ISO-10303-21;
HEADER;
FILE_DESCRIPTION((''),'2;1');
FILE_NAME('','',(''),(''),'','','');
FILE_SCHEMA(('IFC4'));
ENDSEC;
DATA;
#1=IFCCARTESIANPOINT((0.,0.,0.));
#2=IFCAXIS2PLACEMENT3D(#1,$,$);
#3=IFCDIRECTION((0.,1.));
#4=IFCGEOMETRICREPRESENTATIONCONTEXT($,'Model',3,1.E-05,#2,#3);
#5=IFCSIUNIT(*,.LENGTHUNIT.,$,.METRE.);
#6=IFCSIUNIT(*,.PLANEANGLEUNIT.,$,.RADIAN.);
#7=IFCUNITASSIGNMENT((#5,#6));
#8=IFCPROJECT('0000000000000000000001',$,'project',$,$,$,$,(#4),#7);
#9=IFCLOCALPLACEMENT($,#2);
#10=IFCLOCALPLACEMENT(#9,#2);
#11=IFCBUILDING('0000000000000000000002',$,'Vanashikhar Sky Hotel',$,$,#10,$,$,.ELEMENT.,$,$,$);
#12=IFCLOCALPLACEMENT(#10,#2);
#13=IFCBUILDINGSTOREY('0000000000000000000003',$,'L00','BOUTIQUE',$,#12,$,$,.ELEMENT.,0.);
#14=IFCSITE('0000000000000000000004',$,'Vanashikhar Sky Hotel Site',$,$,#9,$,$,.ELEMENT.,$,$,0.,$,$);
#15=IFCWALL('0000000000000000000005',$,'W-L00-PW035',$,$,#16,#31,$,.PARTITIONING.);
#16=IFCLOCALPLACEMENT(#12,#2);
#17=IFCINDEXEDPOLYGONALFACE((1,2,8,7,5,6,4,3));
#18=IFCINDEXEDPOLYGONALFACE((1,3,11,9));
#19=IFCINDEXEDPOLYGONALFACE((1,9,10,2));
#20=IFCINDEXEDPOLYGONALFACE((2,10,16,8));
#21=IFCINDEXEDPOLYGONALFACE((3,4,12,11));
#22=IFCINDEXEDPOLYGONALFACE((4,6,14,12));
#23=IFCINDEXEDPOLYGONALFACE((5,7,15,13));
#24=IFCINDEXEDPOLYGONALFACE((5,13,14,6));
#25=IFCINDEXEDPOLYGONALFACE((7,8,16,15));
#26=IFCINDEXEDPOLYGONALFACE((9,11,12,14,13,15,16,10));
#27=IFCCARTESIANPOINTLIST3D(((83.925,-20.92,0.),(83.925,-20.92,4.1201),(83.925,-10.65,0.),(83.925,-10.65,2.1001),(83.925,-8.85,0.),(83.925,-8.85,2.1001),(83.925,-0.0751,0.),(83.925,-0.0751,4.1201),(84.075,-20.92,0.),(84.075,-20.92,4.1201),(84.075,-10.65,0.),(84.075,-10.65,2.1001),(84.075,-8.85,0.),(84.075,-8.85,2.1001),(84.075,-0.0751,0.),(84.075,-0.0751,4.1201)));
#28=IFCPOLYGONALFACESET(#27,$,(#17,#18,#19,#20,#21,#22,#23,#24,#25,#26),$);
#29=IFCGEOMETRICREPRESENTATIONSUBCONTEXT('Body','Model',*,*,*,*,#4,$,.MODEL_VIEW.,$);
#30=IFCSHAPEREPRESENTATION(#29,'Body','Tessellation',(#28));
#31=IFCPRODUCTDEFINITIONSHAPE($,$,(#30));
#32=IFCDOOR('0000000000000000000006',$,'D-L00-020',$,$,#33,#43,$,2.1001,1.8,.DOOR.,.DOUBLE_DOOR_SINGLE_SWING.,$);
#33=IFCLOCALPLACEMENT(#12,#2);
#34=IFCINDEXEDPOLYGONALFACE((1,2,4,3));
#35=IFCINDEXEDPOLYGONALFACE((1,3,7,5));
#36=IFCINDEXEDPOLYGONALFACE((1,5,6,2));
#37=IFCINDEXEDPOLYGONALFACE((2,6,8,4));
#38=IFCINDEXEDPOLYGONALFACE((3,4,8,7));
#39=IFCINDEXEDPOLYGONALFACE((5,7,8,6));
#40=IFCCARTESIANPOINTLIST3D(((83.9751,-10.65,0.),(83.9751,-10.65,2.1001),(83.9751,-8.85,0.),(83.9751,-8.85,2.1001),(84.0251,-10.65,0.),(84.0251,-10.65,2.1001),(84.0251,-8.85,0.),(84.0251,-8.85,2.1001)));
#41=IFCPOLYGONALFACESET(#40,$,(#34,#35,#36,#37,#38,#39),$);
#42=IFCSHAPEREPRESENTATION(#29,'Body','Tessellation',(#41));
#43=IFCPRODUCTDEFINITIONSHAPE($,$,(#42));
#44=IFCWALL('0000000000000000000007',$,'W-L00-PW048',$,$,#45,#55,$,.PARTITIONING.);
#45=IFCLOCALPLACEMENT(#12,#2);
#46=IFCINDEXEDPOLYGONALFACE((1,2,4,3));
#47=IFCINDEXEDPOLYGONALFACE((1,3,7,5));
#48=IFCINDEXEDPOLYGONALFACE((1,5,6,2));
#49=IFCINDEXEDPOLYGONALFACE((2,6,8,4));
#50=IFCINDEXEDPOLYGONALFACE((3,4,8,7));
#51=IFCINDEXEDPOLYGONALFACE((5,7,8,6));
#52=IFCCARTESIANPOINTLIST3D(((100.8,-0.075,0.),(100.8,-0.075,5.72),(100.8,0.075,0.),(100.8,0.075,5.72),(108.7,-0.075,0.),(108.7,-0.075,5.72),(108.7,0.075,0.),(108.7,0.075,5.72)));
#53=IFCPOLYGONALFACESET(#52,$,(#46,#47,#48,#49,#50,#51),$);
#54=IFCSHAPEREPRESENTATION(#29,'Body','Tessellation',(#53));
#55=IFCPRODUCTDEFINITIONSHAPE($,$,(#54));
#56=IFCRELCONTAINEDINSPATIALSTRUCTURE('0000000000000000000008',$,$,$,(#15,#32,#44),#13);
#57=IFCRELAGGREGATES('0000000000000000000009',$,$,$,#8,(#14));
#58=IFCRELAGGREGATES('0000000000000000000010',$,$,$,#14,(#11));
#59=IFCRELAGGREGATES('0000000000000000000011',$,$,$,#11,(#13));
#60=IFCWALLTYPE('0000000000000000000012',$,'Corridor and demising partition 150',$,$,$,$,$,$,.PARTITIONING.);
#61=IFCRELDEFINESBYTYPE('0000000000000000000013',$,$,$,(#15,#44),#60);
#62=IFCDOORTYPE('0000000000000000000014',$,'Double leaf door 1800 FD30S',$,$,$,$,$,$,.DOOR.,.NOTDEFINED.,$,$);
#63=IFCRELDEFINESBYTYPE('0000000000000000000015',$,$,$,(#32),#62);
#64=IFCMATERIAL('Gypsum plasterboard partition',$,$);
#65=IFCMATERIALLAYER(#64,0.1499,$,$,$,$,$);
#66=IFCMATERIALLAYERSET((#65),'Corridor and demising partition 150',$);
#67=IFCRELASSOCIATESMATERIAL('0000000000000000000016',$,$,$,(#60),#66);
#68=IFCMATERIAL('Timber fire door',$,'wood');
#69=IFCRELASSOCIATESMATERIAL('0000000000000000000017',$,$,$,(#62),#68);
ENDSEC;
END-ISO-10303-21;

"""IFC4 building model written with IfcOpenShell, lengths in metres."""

from ifc_helpers import new_model, si_unit, direction, frame, frame_2d, origin, place, context, subcontext, project, spatial, rectangle, extrude, source, transform, mapped, material, layer, layer_set, type_object, element, fill, save


model = new_model("IFC4")

# Units and contexts
model_context = context("Model", 3, precision=1e-05, world=origin(), true_north=direction((0.0, 1.0)))
body_context = subcontext(model_context, "Body", "Model", "MODEL_VIEW")
ifc_project = project(units=[si_unit("LENGTHUNIT", "METRE"), si_unit("PLANEANGLEUNIT", "RADIAN")], contexts=[model_context])

# Site, building, storey
site_placement = place(None, origin())
site = spatial("IfcSite", under=ifc_project, at=site_placement, Name="Vanashikhar Sky Hotel Site", CompositionType="ELEMENT", RefElevation=0.0)
building_placement = place(site_placement, origin())
building = spatial("IfcBuilding", under=site, at=building_placement, Name="Vanashikhar Sky Hotel", CompositionType="ELEMENT")
storey_placement = place(building_placement, origin())
storey = spatial("IfcBuildingStorey", under=building, at=storey_placement, Name="L00", Description="BOUTIQUE", CompositionType="ELEMENT", Elevation=0.0)

# Shared definitions
ifc_material_1 = material(Name="Gypsum plasterboard partition")
ifc_layer_1 = layer(ifc_material_1, 0.1499)
ifc_layer_set_1 = layer_set([ifc_layer_1], Name="Corridor and demising partition 150")
wall_type_1 = type_object("IfcWallType", Name="Corridor and demising partition 150", PredefinedType="PARTITIONING", material=ifc_layer_set_1)

# Wall, opening, door
shared_shape_1 = source(origin(), body_context, "Body", "SweptSolid", [
    extrude(rectangle(XDim=20.845, YDim=0.1499, at=frame_2d((10.4224, 0.0))), origin(), (0.0, 0.0, 1.0), 4.1201),
])
wall_1_placement = place(storey_placement, frame((84.0, -20.9199, 0.0), z_axis=(0.0, 0.0, 1.0), x_axis=(0.0, 1.0, 0.0)))
wall_1 = element("IfcWall", 1, at=wall_1_placement, inside=storey, type_object=wall_type_1, Name="W-L00-PW035", PredefinedType="PARTITIONING", context=body_context, shape_type="MappedRepresentation", body=[
    mapped(shared_shape_1, transform((0.0, 0.0, 0.0), scale=1.0)),
])
shared_shape_2 = source(origin(), body_context, "Body", "SweptSolid", [
    extrude(rectangle(XDim=1.8, YDim=2.1001, at=frame_2d((0.8999, 1.05))), frame((0.0, 0.085, 0.0), z_axis=(0.0, -1.0, 0.0), x_axis=(1.0, 0.0, 0.0)), (0.0, 0.0, 1.0), 0.1699),
])
opening_placement = place(wall_1_placement, frame((10.27, 0.0, 0.0)))
opening = element("IfcOpeningElement", 2, at=opening_placement, cuts=wall_1, PredefinedType="OPENING", context=body_context, shape_type="MappedRepresentation", body=[
    mapped(shared_shape_2, transform((0.0, 0.0, 0.0), scale=1.0)),
])
ifc_material_2 = material(Name="Timber fire door", Category="wood")
door_type = type_object("IfcDoorType", Name="Double leaf door 1800 FD30S", OperationType="NOTDEFINED", PredefinedType="DOOR", material=ifc_material_2)
shared_shape_3 = source(origin(), body_context, "Body", "SweptSolid", [
    extrude(rectangle(XDim=1.8, YDim=2.1001, at=frame_2d((0.8999, 1.05))), frame((0.0, 0.0249, 0.0), z_axis=(0.0, -1.0, 0.0), x_axis=(1.0, 0.0, 0.0)), (0.0, 0.0, 1.0), 0.05),
])
door_placement = place(opening_placement, origin())
door = element("IfcDoor", 3, at=door_placement, inside=storey, type_object=door_type, Name="D-L00-020", OperationType="DOUBLE_DOOR_SINGLE_SWING", OverallHeight=2.1001, OverallWidth=1.8, PredefinedType="DOOR", context=body_context, shape_type="MappedRepresentation", body=[
    mapped(shared_shape_3, transform((0.0, 0.0, 0.0), scale=1.0)),
])
fill(opening, door)

# Wall
shared_shape_4 = source(origin(), body_context, "Body", "SweptSolid", [
    extrude(rectangle(XDim=7.8999, YDim=0.1499, at=frame_2d((3.95, 0.0))), origin(), (0.0, 0.0, 1.0), 5.72),
])
wall_2_placement = place(storey_placement, frame((100.8, 0.0, 0.0), z_axis=(0.0, 0.0, 1.0), x_axis=(1.0, 0.0, 0.0)))
element("IfcWall", 4, at=wall_2_placement, inside=storey, type_object=wall_type_1, Name="W-L00-PW048", PredefinedType="PARTITIONING", context=body_context, shape_type="MappedRepresentation", body=[
    mapped(shared_shape_4, transform((0.0, 0.0, 0.0), scale=1.0)),
])

save(model, "model.ifc")
